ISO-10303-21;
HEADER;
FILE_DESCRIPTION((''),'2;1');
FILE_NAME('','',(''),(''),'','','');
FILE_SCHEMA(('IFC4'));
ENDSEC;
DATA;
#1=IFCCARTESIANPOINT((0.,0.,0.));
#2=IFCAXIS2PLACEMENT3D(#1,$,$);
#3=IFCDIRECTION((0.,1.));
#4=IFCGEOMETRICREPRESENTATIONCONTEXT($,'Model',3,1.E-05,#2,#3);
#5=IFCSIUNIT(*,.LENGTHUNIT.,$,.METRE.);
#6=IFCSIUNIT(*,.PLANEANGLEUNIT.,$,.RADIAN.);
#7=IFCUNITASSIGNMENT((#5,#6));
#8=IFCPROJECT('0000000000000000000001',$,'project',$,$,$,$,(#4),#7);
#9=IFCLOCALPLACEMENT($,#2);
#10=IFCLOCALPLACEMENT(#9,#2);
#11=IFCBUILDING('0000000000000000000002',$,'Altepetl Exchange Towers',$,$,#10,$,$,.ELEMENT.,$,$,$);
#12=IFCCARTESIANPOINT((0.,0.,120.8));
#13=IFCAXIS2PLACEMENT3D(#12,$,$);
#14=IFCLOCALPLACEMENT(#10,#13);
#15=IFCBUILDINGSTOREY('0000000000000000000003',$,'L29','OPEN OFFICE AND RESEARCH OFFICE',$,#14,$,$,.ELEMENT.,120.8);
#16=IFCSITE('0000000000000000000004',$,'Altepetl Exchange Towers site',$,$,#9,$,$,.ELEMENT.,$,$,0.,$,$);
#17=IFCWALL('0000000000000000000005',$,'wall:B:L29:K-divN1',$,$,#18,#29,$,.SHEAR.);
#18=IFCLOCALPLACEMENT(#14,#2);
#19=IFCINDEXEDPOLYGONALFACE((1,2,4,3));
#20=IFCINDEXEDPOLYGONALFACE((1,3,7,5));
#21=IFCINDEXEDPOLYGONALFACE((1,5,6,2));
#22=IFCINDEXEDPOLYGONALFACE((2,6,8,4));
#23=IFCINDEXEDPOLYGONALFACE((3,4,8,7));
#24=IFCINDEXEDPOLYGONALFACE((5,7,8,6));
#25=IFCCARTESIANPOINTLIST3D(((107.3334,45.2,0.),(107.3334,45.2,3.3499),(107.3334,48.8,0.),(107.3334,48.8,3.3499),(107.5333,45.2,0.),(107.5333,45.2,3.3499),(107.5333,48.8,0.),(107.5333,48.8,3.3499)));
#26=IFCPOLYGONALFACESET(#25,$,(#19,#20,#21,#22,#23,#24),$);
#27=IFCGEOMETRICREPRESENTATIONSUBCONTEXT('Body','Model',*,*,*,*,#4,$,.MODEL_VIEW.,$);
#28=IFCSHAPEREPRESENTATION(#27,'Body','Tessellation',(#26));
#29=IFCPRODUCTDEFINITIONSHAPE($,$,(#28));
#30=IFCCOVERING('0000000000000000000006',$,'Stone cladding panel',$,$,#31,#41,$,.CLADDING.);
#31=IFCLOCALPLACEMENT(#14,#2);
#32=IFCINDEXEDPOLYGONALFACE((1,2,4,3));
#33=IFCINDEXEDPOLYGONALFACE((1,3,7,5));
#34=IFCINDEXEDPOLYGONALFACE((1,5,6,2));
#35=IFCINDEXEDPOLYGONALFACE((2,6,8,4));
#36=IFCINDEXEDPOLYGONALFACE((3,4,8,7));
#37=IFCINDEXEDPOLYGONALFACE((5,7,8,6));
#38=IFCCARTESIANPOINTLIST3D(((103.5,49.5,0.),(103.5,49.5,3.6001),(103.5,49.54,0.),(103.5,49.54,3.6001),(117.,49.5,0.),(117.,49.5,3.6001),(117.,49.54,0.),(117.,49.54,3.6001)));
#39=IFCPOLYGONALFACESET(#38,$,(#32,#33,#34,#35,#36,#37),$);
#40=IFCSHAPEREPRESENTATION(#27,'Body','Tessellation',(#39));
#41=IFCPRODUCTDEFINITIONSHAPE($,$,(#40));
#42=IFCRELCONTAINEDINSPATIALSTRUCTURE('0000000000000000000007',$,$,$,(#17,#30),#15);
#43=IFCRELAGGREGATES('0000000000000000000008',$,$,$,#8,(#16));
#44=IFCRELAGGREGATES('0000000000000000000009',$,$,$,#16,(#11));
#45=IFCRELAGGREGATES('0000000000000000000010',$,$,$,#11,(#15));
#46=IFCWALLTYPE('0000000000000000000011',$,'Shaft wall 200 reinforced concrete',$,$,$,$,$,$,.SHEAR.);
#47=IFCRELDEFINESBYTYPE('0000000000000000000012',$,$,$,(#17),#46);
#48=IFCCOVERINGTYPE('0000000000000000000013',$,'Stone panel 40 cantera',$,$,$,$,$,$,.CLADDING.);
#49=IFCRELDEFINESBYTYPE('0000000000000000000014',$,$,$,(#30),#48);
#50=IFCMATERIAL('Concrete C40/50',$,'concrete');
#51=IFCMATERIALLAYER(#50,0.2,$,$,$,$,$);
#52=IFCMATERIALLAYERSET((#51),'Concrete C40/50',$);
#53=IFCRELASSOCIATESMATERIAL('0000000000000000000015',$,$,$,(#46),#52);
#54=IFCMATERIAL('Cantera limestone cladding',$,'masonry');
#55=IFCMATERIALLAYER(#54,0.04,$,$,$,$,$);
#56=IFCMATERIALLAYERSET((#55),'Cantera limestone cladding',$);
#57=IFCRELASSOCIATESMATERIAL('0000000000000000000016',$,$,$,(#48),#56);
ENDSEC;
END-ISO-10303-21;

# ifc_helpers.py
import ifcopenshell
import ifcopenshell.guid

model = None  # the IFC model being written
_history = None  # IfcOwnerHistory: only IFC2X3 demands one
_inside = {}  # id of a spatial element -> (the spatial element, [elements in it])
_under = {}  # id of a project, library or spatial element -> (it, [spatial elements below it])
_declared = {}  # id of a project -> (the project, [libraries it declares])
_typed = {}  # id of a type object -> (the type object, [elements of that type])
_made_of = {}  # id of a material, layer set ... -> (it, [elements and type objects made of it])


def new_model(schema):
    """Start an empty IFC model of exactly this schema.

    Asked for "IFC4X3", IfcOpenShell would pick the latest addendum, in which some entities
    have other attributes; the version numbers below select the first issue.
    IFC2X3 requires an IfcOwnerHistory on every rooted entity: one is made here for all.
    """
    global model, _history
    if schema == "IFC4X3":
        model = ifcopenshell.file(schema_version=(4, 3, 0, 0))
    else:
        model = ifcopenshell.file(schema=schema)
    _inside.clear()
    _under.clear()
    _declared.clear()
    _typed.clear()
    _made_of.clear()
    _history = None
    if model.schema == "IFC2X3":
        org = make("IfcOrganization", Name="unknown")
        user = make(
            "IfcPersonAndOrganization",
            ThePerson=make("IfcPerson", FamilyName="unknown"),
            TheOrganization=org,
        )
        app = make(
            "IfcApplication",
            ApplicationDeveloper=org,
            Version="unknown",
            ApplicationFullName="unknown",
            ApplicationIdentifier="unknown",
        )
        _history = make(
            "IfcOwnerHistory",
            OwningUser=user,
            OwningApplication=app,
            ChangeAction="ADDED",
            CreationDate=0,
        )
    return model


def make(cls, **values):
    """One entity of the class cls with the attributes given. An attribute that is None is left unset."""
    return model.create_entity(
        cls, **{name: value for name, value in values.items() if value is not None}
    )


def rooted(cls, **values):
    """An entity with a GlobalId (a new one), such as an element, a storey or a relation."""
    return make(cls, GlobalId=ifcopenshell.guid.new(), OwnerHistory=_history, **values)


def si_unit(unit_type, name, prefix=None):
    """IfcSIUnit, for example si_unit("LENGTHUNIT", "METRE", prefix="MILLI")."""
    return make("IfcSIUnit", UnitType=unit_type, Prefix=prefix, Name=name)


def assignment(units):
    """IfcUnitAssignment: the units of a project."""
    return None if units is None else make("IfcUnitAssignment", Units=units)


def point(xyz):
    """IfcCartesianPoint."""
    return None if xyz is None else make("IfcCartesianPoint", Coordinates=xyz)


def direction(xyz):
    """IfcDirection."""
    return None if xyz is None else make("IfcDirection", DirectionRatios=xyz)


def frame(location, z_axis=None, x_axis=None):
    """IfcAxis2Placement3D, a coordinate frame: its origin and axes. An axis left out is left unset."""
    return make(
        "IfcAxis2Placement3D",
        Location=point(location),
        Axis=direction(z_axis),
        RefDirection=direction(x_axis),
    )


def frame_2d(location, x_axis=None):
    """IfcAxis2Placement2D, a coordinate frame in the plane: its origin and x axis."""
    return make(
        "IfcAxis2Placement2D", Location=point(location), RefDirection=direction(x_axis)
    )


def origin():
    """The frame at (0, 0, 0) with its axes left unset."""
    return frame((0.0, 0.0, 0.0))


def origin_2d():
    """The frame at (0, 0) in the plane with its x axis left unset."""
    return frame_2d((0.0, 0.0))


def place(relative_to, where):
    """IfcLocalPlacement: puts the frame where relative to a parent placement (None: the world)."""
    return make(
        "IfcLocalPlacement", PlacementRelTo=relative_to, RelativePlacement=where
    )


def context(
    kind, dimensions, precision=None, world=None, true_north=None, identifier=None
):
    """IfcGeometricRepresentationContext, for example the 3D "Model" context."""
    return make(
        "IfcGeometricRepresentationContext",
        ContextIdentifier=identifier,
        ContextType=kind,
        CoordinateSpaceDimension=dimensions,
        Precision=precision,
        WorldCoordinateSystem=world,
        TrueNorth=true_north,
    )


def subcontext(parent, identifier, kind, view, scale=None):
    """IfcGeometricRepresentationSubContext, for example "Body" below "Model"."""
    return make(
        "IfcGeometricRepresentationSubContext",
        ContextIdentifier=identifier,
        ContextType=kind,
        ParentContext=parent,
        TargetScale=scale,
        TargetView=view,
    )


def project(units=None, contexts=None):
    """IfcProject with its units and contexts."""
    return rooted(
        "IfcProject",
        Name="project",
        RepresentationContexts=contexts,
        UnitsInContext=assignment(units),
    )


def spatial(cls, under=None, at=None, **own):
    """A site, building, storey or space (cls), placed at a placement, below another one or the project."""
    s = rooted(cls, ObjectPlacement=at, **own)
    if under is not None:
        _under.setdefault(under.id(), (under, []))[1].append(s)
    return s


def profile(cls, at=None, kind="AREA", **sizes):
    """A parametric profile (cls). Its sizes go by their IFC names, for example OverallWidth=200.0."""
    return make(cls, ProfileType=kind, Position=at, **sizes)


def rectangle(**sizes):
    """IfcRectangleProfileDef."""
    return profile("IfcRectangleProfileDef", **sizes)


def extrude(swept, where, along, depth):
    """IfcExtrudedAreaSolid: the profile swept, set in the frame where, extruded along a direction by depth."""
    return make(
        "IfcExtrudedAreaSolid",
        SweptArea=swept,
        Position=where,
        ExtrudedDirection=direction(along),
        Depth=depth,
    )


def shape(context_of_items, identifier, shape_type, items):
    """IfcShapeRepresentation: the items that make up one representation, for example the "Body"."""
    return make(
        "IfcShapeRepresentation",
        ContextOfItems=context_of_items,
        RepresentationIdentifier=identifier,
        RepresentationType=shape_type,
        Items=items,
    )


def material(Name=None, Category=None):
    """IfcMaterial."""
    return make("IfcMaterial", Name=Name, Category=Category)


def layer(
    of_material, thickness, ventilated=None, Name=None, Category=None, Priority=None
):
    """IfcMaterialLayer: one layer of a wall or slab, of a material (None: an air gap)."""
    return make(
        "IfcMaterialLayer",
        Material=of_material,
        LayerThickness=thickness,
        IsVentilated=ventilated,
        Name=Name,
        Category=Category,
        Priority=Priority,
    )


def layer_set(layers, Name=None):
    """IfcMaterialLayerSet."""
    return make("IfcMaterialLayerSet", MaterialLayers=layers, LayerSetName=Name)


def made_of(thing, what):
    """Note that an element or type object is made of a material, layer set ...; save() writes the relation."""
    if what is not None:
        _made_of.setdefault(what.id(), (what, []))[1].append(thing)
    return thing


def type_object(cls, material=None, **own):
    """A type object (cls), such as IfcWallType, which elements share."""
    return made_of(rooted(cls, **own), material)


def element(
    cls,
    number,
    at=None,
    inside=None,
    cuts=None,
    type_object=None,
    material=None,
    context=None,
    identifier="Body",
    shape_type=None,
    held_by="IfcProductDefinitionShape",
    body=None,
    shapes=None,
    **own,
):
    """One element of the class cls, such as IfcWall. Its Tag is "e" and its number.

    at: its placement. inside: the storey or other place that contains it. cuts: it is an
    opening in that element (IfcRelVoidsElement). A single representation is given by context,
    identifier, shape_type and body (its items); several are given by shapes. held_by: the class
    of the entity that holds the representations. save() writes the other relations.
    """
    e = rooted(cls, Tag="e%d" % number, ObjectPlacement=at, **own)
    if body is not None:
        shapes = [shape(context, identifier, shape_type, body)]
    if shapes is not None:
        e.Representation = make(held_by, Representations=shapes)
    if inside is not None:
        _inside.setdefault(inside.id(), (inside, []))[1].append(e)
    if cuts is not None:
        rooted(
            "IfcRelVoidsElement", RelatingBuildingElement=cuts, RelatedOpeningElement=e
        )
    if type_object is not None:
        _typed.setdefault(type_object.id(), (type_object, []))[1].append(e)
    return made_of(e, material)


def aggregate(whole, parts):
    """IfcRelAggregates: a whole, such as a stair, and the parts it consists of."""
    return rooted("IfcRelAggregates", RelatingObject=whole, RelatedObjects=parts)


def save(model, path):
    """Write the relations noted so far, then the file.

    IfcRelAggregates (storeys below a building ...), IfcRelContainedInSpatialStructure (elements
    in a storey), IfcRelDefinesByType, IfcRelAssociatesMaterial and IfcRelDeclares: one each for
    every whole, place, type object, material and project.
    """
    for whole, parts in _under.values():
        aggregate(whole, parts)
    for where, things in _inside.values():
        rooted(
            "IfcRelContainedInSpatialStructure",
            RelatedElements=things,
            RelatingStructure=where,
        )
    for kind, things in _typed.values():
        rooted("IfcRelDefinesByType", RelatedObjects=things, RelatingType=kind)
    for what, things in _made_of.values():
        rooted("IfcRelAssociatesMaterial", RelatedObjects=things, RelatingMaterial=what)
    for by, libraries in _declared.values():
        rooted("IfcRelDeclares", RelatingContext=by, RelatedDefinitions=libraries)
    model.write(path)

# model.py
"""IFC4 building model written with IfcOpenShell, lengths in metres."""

from ifc_helpers import new_model, si_unit, direction, frame, frame_2d, origin, origin_2d, place, context, subcontext, project, spatial, rectangle, extrude, material, layer, layer_set, type_object, element, save


model = new_model("IFC4")

# Units and contexts
model_context = context("Model", 3, precision=1e-05, world=origin(), true_north=direction((0.0, 1.0)))
body_context = subcontext(model_context, "Body", "Model", "MODEL_VIEW")
ifc_project = project(units=[si_unit("LENGTHUNIT", "METRE"), si_unit("PLANEANGLEUNIT", "RADIAN")], contexts=[model_context])

# Site, building, storey
site_placement = place(None, origin())
site = spatial("IfcSite", under=ifc_project, at=site_placement, Name="Altepetl Exchange Towers site", CompositionType="ELEMENT", RefElevation=0.0)
building_placement = place(site_placement, origin())
building = spatial("IfcBuilding", under=site, at=building_placement, Name="Altepetl Exchange Towers", CompositionType="ELEMENT")
storey_placement = place(building_placement, frame((0.0, 0.0, 120.8)))
storey = spatial("IfcBuildingStorey", under=building, at=storey_placement, Name="L29", Description="OPEN OFFICE AND RESEARCH OFFICE", CompositionType="ELEMENT", Elevation=120.8)

# Wall
ifc_material_1 = material(Name="Concrete C40/50", Category="concrete")
ifc_layer_1 = layer(ifc_material_1, 0.2)
ifc_layer_set_1 = layer_set([ifc_layer_1], Name="Concrete C40/50")
wall_type_1 = type_object("IfcWallType", Name="Shaft wall 200 reinforced concrete", PredefinedType="SHEAR", material=ifc_layer_set_1)
wall_1_placement = place(storey_placement, frame((107.4333, 48.8, 0.0), z_axis=(0.0, 0.0, 1.0), x_axis=(0.0, -1.0, 0.0)))
element("IfcWall", 1, at=wall_1_placement, inside=storey, type_object=wall_type_1, Name="wall:B:L29:K-divN1", PredefinedType="SHEAR", context=body_context, shape_type="SweptSolid", body=[
    extrude(rectangle(XDim=3.6001, YDim=0.2, at=frame_2d((1.8, 0.0))), origin(), (0.0, 0.0, 1.0), 3.3499),
])

# Covering
ifc_material_2 = material(Name="Cantera limestone cladding", Category="masonry")
ifc_layer_2 = layer(ifc_material_2, 0.04)
ifc_layer_set_2 = layer_set([ifc_layer_2], Name="Cantera limestone cladding")
covering_type = type_object("IfcCoveringType", Name="Stone panel 40 cantera", PredefinedType="CLADDING", material=ifc_layer_set_2)
covering_placement = place(storey_placement, frame((110.25, 49.52, 0.0), z_axis=(0.0, 0.0, 1.0), x_axis=(-1.0, 0.0, 0.0)))
element("IfcCovering", 2, at=covering_placement, inside=storey, type_object=covering_type, Name="Stone cladding panel", PredefinedType="CLADDING", context=body_context, shape_type="SweptSolid", body=[
    extrude(rectangle(XDim=13.5, YDim=0.04, at=origin_2d()), origin(), (0.0, 0.0, 1.0), 3.6001),
])

save(model, "model.ifc")
